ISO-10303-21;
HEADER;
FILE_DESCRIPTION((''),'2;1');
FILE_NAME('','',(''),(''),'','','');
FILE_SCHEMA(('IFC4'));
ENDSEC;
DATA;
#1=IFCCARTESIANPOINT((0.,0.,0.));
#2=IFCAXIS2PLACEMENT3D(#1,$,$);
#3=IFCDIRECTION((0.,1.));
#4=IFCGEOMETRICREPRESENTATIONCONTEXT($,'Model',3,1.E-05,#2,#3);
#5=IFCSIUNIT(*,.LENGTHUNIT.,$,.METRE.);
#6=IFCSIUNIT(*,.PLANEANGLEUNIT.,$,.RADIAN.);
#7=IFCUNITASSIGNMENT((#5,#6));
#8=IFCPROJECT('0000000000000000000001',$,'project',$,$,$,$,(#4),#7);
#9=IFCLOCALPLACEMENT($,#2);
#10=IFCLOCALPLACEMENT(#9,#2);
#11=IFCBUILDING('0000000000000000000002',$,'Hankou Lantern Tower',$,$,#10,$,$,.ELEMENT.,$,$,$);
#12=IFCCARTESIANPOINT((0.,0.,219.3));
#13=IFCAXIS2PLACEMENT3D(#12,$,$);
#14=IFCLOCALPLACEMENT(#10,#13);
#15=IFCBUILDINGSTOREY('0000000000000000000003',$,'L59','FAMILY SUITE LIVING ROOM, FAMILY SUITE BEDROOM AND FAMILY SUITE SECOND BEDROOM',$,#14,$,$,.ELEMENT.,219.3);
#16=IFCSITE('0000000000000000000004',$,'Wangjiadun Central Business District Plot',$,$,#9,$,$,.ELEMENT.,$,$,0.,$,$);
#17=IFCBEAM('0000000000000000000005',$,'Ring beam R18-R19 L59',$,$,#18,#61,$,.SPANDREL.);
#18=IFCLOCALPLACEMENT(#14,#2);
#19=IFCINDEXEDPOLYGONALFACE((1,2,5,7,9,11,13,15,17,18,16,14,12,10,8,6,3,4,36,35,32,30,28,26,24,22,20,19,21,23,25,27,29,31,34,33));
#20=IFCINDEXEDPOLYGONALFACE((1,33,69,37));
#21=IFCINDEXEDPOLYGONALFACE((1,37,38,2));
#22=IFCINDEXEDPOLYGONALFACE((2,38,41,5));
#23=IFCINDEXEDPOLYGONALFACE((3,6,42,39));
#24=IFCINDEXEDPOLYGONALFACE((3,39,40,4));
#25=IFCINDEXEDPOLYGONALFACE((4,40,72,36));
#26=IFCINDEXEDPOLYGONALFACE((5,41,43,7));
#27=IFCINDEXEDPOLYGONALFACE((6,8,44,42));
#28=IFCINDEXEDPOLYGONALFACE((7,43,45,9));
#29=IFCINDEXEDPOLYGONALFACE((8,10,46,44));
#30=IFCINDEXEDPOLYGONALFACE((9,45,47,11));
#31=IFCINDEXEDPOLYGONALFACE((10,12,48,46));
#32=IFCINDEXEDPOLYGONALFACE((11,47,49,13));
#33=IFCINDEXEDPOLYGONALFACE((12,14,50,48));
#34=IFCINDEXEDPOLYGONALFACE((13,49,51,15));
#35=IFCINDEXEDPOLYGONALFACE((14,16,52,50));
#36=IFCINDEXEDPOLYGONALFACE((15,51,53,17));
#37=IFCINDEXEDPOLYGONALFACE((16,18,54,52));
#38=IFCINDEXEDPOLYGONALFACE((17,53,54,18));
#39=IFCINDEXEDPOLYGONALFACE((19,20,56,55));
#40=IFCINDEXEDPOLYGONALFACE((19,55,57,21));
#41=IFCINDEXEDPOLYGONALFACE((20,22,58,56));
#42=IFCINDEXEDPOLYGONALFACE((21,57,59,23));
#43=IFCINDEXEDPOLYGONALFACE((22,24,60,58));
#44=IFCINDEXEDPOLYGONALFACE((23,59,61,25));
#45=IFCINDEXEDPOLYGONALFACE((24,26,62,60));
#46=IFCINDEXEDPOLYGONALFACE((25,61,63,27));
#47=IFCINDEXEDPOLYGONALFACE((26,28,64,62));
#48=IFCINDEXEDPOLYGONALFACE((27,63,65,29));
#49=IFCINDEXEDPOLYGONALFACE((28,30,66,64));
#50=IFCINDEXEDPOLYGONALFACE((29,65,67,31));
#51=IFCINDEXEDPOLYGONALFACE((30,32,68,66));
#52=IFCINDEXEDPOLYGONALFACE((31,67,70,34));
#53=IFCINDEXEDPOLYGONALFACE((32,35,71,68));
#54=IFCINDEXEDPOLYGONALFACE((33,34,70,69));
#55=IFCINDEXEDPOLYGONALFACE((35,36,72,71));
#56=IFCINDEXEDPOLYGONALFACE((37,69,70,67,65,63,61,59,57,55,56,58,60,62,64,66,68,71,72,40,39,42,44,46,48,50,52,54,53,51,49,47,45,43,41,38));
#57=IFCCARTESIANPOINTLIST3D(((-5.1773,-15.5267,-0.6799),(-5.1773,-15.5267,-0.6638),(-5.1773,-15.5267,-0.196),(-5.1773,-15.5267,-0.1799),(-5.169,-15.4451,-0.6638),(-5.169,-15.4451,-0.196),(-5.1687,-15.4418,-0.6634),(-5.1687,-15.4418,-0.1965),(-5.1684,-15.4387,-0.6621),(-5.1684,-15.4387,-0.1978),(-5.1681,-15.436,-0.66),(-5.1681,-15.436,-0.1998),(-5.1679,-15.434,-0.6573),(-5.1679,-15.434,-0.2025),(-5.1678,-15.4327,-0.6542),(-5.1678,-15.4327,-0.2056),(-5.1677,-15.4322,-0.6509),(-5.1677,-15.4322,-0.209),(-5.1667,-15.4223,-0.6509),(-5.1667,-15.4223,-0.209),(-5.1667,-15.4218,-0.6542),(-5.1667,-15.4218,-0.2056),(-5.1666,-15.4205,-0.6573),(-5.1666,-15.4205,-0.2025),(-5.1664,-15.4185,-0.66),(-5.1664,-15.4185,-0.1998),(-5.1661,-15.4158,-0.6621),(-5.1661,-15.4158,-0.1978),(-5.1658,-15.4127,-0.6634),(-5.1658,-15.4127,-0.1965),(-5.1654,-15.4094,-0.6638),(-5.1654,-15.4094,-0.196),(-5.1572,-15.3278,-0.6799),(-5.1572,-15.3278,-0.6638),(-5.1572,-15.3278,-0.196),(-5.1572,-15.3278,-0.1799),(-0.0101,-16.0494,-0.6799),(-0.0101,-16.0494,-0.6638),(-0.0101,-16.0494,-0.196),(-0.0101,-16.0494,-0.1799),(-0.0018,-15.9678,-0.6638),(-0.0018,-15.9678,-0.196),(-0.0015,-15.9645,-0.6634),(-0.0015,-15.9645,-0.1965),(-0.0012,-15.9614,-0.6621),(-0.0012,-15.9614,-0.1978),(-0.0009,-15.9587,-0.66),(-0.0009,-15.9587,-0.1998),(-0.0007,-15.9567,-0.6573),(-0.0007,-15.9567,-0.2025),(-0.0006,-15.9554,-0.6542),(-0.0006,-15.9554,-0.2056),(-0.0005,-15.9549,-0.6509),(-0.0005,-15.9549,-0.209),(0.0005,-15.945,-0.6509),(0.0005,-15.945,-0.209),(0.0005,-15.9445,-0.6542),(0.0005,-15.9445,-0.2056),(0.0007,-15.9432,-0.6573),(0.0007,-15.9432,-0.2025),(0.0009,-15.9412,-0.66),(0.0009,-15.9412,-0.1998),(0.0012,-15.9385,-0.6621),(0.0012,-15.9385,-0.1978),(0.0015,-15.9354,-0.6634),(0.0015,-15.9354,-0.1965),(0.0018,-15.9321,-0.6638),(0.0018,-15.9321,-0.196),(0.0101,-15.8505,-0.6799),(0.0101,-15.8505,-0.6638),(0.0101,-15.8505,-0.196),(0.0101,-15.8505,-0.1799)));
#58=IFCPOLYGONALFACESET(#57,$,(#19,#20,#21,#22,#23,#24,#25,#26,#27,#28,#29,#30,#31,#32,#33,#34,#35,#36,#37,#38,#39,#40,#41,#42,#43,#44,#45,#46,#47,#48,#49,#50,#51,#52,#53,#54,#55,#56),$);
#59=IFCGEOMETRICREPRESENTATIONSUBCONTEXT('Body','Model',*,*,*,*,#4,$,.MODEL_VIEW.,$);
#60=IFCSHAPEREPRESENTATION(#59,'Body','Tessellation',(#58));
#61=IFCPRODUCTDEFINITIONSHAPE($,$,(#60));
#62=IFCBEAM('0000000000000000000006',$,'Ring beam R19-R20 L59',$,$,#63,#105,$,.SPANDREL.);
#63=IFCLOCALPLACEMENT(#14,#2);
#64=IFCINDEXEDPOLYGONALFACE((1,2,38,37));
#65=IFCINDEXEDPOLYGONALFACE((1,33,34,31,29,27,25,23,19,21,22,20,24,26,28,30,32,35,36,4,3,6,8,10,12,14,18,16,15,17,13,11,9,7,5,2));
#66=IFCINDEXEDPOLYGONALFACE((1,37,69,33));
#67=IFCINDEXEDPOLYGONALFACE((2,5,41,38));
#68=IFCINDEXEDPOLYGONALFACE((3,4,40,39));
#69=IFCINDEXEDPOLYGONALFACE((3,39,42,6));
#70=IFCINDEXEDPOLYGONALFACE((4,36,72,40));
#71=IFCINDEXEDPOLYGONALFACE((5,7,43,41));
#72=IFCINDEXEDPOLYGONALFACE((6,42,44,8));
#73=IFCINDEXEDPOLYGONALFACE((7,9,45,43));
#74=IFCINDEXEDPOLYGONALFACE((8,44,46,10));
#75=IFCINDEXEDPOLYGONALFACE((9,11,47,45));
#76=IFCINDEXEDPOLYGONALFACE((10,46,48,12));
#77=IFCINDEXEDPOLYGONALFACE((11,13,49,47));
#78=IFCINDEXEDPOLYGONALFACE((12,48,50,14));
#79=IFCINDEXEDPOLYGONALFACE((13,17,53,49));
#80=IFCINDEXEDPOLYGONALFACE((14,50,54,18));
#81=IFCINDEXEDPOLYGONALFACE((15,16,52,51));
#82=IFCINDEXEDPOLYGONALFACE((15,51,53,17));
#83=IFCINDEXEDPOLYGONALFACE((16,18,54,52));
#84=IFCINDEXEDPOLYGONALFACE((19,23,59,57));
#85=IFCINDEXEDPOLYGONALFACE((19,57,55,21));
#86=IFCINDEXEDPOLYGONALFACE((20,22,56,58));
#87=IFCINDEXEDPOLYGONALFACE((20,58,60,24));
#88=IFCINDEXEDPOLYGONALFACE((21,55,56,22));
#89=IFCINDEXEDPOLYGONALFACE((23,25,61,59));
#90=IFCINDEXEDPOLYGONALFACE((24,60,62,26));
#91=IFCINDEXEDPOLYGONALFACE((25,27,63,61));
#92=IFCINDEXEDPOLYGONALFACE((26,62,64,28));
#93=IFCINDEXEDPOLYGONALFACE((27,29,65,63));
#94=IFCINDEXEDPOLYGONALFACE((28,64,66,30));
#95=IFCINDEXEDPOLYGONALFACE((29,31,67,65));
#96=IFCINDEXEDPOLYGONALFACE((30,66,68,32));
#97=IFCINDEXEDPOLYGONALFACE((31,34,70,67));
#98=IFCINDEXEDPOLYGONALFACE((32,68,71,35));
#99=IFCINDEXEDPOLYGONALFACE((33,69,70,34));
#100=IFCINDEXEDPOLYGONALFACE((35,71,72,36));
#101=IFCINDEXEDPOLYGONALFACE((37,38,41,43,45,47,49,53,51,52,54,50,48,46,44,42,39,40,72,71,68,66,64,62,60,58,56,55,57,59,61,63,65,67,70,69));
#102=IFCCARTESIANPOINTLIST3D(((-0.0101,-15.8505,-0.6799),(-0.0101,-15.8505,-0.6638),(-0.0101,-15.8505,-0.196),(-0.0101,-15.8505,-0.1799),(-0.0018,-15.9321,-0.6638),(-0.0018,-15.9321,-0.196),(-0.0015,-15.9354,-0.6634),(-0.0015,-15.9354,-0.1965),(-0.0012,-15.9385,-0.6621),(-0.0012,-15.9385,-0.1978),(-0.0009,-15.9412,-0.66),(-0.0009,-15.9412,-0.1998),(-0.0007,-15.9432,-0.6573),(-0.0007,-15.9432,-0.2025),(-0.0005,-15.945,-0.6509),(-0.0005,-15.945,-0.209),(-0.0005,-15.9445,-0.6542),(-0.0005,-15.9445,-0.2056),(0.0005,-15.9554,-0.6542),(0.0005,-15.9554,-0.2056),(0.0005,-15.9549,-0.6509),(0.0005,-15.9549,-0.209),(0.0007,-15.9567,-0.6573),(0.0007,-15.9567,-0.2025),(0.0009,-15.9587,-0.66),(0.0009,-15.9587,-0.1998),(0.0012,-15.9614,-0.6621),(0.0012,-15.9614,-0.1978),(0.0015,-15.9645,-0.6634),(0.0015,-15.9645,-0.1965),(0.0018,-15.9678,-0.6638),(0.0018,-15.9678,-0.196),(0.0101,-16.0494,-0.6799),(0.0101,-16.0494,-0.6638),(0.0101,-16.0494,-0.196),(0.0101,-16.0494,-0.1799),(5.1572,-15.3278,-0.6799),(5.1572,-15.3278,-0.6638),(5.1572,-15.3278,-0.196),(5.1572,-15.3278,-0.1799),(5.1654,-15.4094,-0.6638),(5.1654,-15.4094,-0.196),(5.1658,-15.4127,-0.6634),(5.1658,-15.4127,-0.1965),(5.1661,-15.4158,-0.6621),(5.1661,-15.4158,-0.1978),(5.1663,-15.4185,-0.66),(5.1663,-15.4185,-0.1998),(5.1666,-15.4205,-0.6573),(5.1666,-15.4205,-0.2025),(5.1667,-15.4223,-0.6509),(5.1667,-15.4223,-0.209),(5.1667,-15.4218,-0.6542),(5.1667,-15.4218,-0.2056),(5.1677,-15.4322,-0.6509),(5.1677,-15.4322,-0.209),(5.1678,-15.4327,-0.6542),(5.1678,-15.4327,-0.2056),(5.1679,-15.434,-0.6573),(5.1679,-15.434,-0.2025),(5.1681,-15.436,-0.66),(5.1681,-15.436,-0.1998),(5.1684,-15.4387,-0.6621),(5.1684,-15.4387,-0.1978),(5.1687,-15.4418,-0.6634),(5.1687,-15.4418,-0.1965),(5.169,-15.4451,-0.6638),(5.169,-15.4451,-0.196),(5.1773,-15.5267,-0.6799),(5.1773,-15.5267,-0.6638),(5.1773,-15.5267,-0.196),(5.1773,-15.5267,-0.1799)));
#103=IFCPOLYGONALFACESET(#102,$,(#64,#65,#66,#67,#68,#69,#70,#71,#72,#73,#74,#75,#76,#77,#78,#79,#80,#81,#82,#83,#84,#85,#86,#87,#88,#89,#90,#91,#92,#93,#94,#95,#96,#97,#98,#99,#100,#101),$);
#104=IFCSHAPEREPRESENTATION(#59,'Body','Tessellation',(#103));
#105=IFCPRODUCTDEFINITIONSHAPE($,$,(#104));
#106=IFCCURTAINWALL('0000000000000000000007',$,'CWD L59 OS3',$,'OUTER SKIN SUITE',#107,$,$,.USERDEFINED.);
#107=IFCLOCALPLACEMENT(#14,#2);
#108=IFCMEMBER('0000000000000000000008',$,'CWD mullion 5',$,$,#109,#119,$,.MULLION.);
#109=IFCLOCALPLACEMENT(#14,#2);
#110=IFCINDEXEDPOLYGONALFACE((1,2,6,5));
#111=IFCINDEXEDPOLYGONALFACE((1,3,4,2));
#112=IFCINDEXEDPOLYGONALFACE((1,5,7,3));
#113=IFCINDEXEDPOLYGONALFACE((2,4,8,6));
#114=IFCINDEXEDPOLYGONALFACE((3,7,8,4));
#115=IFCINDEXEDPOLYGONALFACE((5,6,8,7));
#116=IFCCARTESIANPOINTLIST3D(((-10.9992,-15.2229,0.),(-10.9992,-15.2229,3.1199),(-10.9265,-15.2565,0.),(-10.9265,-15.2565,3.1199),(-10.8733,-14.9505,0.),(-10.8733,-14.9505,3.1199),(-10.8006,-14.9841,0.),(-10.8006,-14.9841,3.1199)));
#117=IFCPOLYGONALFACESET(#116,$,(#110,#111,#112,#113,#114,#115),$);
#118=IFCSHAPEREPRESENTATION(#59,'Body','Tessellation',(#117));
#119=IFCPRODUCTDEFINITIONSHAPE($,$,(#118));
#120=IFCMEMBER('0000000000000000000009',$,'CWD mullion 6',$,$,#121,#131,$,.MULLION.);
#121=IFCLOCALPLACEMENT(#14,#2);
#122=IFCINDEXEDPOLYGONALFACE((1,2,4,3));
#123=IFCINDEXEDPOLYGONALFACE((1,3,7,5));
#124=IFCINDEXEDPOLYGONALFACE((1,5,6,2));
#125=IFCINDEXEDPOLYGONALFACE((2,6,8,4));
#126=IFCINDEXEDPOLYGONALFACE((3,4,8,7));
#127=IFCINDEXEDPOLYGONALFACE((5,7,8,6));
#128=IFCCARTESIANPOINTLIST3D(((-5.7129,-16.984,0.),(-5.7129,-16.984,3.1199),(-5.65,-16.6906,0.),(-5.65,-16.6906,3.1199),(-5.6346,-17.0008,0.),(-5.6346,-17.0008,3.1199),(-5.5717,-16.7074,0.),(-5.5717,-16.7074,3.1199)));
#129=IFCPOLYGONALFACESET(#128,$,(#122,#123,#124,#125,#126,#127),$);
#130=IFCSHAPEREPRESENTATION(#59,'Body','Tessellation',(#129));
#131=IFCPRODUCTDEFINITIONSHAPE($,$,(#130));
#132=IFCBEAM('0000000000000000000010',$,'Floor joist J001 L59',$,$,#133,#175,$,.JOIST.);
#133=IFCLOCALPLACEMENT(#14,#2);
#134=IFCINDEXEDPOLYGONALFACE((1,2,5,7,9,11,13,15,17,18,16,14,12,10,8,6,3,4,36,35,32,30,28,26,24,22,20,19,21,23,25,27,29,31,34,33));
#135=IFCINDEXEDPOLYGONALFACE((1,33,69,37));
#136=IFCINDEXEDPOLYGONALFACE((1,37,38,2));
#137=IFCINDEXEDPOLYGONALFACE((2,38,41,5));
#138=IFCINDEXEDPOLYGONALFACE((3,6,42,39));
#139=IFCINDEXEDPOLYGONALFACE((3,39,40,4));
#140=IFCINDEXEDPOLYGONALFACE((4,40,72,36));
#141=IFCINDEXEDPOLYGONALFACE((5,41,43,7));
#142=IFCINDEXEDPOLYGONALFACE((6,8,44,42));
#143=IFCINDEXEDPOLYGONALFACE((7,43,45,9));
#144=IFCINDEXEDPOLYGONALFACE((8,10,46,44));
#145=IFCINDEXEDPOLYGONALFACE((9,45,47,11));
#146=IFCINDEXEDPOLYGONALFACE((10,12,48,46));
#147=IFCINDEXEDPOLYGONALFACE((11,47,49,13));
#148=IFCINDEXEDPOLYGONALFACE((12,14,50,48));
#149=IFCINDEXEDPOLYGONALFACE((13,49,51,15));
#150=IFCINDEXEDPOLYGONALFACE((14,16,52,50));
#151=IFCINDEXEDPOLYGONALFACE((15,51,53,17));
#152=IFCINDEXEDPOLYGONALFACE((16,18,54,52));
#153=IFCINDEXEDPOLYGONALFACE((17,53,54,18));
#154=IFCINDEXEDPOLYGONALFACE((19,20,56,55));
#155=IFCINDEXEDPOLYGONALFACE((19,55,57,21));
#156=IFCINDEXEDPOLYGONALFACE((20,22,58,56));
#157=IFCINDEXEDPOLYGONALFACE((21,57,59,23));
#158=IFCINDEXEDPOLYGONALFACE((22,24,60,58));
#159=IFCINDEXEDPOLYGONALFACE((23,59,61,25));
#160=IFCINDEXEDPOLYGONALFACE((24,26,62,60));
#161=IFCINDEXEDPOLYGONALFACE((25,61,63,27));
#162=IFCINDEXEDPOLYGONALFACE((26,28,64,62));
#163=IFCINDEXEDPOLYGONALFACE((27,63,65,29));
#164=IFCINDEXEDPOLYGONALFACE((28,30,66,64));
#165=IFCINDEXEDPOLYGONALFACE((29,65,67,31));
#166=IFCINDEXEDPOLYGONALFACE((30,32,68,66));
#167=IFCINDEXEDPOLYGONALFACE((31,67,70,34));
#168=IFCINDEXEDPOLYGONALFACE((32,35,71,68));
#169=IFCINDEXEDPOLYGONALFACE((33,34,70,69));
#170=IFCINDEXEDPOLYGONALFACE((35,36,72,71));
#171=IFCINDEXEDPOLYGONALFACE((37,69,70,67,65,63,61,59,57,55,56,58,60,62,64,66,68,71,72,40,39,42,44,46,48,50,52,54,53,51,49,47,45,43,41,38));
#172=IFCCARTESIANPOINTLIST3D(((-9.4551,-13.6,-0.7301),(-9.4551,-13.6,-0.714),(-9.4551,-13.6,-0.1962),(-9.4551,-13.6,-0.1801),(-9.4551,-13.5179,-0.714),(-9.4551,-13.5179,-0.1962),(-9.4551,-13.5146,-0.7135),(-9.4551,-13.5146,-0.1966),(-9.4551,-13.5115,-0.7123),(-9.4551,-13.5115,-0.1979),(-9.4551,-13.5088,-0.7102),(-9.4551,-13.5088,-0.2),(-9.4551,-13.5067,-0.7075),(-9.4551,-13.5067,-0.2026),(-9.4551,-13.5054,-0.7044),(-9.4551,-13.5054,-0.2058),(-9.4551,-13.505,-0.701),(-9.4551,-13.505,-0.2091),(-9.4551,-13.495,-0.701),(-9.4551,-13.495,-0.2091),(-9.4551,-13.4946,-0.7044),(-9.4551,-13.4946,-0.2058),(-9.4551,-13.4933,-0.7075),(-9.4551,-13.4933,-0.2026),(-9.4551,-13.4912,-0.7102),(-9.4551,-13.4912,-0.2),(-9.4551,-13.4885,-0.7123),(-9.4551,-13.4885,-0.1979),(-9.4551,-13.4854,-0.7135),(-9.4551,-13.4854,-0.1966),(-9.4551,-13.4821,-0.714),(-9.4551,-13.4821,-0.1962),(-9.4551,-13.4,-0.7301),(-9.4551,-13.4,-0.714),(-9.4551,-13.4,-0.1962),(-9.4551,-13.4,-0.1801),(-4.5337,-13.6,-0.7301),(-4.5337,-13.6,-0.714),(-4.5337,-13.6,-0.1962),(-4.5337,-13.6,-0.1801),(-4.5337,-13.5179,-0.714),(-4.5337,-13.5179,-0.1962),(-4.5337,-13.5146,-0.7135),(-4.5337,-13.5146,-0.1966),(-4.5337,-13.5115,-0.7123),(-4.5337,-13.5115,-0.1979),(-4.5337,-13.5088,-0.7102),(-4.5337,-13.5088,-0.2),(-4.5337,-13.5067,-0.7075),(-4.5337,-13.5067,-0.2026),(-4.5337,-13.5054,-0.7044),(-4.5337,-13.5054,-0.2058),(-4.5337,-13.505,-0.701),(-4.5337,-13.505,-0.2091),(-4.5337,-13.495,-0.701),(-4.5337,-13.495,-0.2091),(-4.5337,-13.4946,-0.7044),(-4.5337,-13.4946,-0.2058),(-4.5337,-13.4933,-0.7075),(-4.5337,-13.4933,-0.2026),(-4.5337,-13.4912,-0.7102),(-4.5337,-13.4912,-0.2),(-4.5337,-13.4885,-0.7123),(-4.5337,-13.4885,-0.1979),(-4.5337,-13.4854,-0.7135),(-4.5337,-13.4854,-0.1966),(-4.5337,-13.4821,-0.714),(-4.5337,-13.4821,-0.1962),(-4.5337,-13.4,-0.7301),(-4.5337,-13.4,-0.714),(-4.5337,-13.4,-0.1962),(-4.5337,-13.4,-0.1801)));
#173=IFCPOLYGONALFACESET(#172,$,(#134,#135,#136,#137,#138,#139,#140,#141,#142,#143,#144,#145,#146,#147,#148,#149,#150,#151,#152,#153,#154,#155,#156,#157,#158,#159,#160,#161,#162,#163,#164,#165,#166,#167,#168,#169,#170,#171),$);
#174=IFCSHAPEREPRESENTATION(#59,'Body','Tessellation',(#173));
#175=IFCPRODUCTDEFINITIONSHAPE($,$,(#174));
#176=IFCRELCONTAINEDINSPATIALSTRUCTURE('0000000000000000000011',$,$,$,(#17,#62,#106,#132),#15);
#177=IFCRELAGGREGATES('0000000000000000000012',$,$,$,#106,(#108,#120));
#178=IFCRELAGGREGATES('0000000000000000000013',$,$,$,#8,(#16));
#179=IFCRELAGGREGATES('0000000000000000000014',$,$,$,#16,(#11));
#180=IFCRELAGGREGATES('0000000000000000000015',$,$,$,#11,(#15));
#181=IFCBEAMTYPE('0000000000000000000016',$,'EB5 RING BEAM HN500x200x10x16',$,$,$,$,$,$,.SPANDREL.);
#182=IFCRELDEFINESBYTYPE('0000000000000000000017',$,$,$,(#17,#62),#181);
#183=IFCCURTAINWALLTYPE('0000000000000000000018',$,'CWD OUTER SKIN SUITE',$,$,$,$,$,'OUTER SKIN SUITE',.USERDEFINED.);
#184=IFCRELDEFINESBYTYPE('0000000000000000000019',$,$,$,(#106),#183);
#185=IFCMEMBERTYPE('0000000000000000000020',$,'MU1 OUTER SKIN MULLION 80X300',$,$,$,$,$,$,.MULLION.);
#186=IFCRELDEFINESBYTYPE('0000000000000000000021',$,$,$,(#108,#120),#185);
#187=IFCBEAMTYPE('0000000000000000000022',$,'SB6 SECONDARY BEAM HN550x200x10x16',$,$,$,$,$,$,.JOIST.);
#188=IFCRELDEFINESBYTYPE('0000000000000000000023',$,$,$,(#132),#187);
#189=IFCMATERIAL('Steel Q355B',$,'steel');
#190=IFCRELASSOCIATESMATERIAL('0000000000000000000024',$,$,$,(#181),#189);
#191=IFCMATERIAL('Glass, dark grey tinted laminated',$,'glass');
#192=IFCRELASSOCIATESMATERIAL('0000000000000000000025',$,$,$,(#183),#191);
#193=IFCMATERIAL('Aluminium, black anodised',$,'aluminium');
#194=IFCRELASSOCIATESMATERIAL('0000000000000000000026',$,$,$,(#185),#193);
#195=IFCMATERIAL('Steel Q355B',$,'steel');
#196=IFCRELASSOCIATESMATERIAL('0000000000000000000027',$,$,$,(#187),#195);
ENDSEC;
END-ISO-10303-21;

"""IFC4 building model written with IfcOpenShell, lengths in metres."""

from ifc_helpers import new_model, si_unit, direction, frame, origin, origin_2d, place, context, subcontext, project, spatial, rectangle, i_section, extrude, material, material_profile, profile_set, type_object, element, aggregate, save


model = new_model("IFC4")

# Units and contexts
model_context = context("Model", 3, precision=1e-05, world=origin(), true_north=direction((0.0, 1.0)))
body_context = subcontext(model_context, "Body", "Model", "MODEL_VIEW")
ifc_project = project(units=[si_unit("LENGTHUNIT", "METRE"), si_unit("PLANEANGLEUNIT", "RADIAN")], contexts=[model_context])

# Site, building, storey
site_placement = place(None, origin())
site = spatial("IfcSite", under=ifc_project, at=site_placement, Name="Wangjiadun Central Business District Plot", CompositionType="ELEMENT", RefElevation=0.0)
building_placement = place(site_placement, origin())
building = spatial("IfcBuilding", under=site, at=building_placement, Name="Hankou Lantern Tower", CompositionType="ELEMENT")
storey_placement = place(building_placement, frame((0.0, 0.0, 219.3)))
storey = spatial("IfcBuildingStorey", under=building, at=storey_placement, Name="L59", Description="FAMILY SUITE LIVING ROOM, FAMILY SUITE BEDROOM AND FAMILY SUITE SECOND BEDROOM", CompositionType="ELEMENT", Elevation=219.3)

# Beams
ifc_material_1 = material(Name="Steel Q355B", Category="steel")
ifc_material_profile_1 = material_profile(ifc_material_1, i_section(OverallWidth=0.2, OverallDepth=0.5, WebThickness=0.01, FlangeThickness=0.0161, FilletRadius=0.0129, at=origin_2d()), Name="HN500x200x10x16")
ifc_profile_set_1 = profile_set([ifc_material_profile_1], Name="Steel Q355B")
beam_type_1 = type_object("IfcBeamType", Name="EB5 RING BEAM HN500x200x10x16", PredefinedType="SPANDREL", material=ifc_profile_set_1)
for number, where, z_axis, x_axis, name in (
    (1, (-5.1672, -15.4272, -0.4299), (0.994923, -0.100644, 0.0), (0.100644, 0.994923, 0.0), "Ring beam R18-R19 L59"),
    (2, (0.0, -15.95, -0.4299), (0.994923, 0.100644, 0.0), (-0.100644, 0.994923, 0.0), "Ring beam R19-R20 L59"),
):
    element("IfcBeam", number, at=place(storey_placement, frame(where, z_axis=z_axis, x_axis=x_axis)), inside=storey, type_object=beam_type_1, Name=name, PredefinedType="SPANDREL", context=body_context, shape_type="SweptSolid", body=[
        extrude(i_section(OverallWidth=0.2, OverallDepth=0.5, WebThickness=0.01, FlangeThickness=0.0161, FilletRadius=0.0129, at=origin_2d()), origin(), (0.0, 0.0, 1.0), 5.1936),
    ])

# Curtain wall, members
ifc_material_2 = material(Name="Glass, dark grey tinted laminated", Category="glass")
curtain_wall_type = type_object("IfcCurtainWallType", Name="CWD OUTER SKIN SUITE", ElementType="OUTER SKIN SUITE", PredefinedType="USERDEFINED", material=ifc_material_2)
curtain_wall_placement = place(storey_placement, origin())
curtain_wall = element("IfcCurtainWall", 3, at=curtain_wall_placement, inside=storey, type_object=curtain_wall_type, Name="CWD L59 OS3", ObjectType="OUTER SKIN SUITE", PredefinedType="USERDEFINED")
ifc_material_3 = material(Name="Aluminium, black anodised", Category="aluminium")
ifc_material_profile_2 = material_profile(ifc_material_3, rectangle(XDim=0.0801, YDim=0.3, at=origin_2d()), Name="MU1 80X300")
ifc_profile_set_2 = profile_set([ifc_material_profile_2], Name="Aluminium, black anodised")
member_type_1 = type_object("IfcMemberType", Name="MU1 OUTER SKIN MULLION 80X300", PredefinedType="MULLION", material=ifc_profile_set_2)
member_1_placement = place(storey_placement, frame((-10.8999, -15.1035, 0.0), z_axis=(0.0, 0.0, 1.0), x_axis=(0.907841, -0.419314, 0.0)))
member_1 = element("IfcMember", 4, at=member_1_placement, type_object=member_type_1, Name="CWD mullion 5", PredefinedType="MULLION", context=body_context, shape_type="SweptSolid", body=[
    extrude(rectangle(XDim=0.0801, YDim=0.3, at=origin_2d()), origin(), (0.0, 0.0, 1.0), 3.1199),
])
member_2_placement = place(storey_placement, frame((-5.6423, -16.8457, 0.0), z_axis=(0.0, 0.0, 1.0), x_axis=(0.977788, -0.209598, 0.0)))
member_2 = element("IfcMember", 5, at=member_2_placement, type_object=member_type_1, Name="CWD mullion 6", PredefinedType="MULLION", context=body_context, shape_type="SweptSolid", body=[
    extrude(rectangle(XDim=0.0801, YDim=0.3, at=origin_2d()), origin(), (0.0, 0.0, 1.0), 3.1199),
])

# Beam
ifc_material_4 = material(Name="Steel Q355B", Category="steel")
ifc_material_profile_3 = material_profile(ifc_material_4, i_section(OverallWidth=0.2, OverallDepth=0.55, WebThickness=0.01, FlangeThickness=0.0161, FilletRadius=0.0129, at=origin_2d()), Name="HN550x200x10x16")
ifc_profile_set_3 = profile_set([ifc_material_profile_3], Name="Steel Q355B")
beam_type_2 = type_object("IfcBeamType", Name="SB6 SECONDARY BEAM HN550x200x10x16", PredefinedType="JOIST", material=ifc_profile_set_3)
beam_1_placement = place(storey_placement, frame((-9.4551, -13.5, -0.4551), z_axis=(1.0, 0.0, 0.0), x_axis=(0.0, 1.0, 0.0)))
element("IfcBeam", 6, at=beam_1_placement, inside=storey, type_object=beam_type_2, Name="Floor joist J001 L59", PredefinedType="JOIST", context=body_context, shape_type="SweptSolid", body=[
    extrude(i_section(OverallWidth=0.2, OverallDepth=0.55, WebThickness=0.01, FlangeThickness=0.0161, FilletRadius=0.0129, at=origin_2d()), origin(), (0.0, 0.0, 1.0), 4.9214),
])

aggregate(curtain_wall, [member_1, member_2])

save(model, "model.ifc")
